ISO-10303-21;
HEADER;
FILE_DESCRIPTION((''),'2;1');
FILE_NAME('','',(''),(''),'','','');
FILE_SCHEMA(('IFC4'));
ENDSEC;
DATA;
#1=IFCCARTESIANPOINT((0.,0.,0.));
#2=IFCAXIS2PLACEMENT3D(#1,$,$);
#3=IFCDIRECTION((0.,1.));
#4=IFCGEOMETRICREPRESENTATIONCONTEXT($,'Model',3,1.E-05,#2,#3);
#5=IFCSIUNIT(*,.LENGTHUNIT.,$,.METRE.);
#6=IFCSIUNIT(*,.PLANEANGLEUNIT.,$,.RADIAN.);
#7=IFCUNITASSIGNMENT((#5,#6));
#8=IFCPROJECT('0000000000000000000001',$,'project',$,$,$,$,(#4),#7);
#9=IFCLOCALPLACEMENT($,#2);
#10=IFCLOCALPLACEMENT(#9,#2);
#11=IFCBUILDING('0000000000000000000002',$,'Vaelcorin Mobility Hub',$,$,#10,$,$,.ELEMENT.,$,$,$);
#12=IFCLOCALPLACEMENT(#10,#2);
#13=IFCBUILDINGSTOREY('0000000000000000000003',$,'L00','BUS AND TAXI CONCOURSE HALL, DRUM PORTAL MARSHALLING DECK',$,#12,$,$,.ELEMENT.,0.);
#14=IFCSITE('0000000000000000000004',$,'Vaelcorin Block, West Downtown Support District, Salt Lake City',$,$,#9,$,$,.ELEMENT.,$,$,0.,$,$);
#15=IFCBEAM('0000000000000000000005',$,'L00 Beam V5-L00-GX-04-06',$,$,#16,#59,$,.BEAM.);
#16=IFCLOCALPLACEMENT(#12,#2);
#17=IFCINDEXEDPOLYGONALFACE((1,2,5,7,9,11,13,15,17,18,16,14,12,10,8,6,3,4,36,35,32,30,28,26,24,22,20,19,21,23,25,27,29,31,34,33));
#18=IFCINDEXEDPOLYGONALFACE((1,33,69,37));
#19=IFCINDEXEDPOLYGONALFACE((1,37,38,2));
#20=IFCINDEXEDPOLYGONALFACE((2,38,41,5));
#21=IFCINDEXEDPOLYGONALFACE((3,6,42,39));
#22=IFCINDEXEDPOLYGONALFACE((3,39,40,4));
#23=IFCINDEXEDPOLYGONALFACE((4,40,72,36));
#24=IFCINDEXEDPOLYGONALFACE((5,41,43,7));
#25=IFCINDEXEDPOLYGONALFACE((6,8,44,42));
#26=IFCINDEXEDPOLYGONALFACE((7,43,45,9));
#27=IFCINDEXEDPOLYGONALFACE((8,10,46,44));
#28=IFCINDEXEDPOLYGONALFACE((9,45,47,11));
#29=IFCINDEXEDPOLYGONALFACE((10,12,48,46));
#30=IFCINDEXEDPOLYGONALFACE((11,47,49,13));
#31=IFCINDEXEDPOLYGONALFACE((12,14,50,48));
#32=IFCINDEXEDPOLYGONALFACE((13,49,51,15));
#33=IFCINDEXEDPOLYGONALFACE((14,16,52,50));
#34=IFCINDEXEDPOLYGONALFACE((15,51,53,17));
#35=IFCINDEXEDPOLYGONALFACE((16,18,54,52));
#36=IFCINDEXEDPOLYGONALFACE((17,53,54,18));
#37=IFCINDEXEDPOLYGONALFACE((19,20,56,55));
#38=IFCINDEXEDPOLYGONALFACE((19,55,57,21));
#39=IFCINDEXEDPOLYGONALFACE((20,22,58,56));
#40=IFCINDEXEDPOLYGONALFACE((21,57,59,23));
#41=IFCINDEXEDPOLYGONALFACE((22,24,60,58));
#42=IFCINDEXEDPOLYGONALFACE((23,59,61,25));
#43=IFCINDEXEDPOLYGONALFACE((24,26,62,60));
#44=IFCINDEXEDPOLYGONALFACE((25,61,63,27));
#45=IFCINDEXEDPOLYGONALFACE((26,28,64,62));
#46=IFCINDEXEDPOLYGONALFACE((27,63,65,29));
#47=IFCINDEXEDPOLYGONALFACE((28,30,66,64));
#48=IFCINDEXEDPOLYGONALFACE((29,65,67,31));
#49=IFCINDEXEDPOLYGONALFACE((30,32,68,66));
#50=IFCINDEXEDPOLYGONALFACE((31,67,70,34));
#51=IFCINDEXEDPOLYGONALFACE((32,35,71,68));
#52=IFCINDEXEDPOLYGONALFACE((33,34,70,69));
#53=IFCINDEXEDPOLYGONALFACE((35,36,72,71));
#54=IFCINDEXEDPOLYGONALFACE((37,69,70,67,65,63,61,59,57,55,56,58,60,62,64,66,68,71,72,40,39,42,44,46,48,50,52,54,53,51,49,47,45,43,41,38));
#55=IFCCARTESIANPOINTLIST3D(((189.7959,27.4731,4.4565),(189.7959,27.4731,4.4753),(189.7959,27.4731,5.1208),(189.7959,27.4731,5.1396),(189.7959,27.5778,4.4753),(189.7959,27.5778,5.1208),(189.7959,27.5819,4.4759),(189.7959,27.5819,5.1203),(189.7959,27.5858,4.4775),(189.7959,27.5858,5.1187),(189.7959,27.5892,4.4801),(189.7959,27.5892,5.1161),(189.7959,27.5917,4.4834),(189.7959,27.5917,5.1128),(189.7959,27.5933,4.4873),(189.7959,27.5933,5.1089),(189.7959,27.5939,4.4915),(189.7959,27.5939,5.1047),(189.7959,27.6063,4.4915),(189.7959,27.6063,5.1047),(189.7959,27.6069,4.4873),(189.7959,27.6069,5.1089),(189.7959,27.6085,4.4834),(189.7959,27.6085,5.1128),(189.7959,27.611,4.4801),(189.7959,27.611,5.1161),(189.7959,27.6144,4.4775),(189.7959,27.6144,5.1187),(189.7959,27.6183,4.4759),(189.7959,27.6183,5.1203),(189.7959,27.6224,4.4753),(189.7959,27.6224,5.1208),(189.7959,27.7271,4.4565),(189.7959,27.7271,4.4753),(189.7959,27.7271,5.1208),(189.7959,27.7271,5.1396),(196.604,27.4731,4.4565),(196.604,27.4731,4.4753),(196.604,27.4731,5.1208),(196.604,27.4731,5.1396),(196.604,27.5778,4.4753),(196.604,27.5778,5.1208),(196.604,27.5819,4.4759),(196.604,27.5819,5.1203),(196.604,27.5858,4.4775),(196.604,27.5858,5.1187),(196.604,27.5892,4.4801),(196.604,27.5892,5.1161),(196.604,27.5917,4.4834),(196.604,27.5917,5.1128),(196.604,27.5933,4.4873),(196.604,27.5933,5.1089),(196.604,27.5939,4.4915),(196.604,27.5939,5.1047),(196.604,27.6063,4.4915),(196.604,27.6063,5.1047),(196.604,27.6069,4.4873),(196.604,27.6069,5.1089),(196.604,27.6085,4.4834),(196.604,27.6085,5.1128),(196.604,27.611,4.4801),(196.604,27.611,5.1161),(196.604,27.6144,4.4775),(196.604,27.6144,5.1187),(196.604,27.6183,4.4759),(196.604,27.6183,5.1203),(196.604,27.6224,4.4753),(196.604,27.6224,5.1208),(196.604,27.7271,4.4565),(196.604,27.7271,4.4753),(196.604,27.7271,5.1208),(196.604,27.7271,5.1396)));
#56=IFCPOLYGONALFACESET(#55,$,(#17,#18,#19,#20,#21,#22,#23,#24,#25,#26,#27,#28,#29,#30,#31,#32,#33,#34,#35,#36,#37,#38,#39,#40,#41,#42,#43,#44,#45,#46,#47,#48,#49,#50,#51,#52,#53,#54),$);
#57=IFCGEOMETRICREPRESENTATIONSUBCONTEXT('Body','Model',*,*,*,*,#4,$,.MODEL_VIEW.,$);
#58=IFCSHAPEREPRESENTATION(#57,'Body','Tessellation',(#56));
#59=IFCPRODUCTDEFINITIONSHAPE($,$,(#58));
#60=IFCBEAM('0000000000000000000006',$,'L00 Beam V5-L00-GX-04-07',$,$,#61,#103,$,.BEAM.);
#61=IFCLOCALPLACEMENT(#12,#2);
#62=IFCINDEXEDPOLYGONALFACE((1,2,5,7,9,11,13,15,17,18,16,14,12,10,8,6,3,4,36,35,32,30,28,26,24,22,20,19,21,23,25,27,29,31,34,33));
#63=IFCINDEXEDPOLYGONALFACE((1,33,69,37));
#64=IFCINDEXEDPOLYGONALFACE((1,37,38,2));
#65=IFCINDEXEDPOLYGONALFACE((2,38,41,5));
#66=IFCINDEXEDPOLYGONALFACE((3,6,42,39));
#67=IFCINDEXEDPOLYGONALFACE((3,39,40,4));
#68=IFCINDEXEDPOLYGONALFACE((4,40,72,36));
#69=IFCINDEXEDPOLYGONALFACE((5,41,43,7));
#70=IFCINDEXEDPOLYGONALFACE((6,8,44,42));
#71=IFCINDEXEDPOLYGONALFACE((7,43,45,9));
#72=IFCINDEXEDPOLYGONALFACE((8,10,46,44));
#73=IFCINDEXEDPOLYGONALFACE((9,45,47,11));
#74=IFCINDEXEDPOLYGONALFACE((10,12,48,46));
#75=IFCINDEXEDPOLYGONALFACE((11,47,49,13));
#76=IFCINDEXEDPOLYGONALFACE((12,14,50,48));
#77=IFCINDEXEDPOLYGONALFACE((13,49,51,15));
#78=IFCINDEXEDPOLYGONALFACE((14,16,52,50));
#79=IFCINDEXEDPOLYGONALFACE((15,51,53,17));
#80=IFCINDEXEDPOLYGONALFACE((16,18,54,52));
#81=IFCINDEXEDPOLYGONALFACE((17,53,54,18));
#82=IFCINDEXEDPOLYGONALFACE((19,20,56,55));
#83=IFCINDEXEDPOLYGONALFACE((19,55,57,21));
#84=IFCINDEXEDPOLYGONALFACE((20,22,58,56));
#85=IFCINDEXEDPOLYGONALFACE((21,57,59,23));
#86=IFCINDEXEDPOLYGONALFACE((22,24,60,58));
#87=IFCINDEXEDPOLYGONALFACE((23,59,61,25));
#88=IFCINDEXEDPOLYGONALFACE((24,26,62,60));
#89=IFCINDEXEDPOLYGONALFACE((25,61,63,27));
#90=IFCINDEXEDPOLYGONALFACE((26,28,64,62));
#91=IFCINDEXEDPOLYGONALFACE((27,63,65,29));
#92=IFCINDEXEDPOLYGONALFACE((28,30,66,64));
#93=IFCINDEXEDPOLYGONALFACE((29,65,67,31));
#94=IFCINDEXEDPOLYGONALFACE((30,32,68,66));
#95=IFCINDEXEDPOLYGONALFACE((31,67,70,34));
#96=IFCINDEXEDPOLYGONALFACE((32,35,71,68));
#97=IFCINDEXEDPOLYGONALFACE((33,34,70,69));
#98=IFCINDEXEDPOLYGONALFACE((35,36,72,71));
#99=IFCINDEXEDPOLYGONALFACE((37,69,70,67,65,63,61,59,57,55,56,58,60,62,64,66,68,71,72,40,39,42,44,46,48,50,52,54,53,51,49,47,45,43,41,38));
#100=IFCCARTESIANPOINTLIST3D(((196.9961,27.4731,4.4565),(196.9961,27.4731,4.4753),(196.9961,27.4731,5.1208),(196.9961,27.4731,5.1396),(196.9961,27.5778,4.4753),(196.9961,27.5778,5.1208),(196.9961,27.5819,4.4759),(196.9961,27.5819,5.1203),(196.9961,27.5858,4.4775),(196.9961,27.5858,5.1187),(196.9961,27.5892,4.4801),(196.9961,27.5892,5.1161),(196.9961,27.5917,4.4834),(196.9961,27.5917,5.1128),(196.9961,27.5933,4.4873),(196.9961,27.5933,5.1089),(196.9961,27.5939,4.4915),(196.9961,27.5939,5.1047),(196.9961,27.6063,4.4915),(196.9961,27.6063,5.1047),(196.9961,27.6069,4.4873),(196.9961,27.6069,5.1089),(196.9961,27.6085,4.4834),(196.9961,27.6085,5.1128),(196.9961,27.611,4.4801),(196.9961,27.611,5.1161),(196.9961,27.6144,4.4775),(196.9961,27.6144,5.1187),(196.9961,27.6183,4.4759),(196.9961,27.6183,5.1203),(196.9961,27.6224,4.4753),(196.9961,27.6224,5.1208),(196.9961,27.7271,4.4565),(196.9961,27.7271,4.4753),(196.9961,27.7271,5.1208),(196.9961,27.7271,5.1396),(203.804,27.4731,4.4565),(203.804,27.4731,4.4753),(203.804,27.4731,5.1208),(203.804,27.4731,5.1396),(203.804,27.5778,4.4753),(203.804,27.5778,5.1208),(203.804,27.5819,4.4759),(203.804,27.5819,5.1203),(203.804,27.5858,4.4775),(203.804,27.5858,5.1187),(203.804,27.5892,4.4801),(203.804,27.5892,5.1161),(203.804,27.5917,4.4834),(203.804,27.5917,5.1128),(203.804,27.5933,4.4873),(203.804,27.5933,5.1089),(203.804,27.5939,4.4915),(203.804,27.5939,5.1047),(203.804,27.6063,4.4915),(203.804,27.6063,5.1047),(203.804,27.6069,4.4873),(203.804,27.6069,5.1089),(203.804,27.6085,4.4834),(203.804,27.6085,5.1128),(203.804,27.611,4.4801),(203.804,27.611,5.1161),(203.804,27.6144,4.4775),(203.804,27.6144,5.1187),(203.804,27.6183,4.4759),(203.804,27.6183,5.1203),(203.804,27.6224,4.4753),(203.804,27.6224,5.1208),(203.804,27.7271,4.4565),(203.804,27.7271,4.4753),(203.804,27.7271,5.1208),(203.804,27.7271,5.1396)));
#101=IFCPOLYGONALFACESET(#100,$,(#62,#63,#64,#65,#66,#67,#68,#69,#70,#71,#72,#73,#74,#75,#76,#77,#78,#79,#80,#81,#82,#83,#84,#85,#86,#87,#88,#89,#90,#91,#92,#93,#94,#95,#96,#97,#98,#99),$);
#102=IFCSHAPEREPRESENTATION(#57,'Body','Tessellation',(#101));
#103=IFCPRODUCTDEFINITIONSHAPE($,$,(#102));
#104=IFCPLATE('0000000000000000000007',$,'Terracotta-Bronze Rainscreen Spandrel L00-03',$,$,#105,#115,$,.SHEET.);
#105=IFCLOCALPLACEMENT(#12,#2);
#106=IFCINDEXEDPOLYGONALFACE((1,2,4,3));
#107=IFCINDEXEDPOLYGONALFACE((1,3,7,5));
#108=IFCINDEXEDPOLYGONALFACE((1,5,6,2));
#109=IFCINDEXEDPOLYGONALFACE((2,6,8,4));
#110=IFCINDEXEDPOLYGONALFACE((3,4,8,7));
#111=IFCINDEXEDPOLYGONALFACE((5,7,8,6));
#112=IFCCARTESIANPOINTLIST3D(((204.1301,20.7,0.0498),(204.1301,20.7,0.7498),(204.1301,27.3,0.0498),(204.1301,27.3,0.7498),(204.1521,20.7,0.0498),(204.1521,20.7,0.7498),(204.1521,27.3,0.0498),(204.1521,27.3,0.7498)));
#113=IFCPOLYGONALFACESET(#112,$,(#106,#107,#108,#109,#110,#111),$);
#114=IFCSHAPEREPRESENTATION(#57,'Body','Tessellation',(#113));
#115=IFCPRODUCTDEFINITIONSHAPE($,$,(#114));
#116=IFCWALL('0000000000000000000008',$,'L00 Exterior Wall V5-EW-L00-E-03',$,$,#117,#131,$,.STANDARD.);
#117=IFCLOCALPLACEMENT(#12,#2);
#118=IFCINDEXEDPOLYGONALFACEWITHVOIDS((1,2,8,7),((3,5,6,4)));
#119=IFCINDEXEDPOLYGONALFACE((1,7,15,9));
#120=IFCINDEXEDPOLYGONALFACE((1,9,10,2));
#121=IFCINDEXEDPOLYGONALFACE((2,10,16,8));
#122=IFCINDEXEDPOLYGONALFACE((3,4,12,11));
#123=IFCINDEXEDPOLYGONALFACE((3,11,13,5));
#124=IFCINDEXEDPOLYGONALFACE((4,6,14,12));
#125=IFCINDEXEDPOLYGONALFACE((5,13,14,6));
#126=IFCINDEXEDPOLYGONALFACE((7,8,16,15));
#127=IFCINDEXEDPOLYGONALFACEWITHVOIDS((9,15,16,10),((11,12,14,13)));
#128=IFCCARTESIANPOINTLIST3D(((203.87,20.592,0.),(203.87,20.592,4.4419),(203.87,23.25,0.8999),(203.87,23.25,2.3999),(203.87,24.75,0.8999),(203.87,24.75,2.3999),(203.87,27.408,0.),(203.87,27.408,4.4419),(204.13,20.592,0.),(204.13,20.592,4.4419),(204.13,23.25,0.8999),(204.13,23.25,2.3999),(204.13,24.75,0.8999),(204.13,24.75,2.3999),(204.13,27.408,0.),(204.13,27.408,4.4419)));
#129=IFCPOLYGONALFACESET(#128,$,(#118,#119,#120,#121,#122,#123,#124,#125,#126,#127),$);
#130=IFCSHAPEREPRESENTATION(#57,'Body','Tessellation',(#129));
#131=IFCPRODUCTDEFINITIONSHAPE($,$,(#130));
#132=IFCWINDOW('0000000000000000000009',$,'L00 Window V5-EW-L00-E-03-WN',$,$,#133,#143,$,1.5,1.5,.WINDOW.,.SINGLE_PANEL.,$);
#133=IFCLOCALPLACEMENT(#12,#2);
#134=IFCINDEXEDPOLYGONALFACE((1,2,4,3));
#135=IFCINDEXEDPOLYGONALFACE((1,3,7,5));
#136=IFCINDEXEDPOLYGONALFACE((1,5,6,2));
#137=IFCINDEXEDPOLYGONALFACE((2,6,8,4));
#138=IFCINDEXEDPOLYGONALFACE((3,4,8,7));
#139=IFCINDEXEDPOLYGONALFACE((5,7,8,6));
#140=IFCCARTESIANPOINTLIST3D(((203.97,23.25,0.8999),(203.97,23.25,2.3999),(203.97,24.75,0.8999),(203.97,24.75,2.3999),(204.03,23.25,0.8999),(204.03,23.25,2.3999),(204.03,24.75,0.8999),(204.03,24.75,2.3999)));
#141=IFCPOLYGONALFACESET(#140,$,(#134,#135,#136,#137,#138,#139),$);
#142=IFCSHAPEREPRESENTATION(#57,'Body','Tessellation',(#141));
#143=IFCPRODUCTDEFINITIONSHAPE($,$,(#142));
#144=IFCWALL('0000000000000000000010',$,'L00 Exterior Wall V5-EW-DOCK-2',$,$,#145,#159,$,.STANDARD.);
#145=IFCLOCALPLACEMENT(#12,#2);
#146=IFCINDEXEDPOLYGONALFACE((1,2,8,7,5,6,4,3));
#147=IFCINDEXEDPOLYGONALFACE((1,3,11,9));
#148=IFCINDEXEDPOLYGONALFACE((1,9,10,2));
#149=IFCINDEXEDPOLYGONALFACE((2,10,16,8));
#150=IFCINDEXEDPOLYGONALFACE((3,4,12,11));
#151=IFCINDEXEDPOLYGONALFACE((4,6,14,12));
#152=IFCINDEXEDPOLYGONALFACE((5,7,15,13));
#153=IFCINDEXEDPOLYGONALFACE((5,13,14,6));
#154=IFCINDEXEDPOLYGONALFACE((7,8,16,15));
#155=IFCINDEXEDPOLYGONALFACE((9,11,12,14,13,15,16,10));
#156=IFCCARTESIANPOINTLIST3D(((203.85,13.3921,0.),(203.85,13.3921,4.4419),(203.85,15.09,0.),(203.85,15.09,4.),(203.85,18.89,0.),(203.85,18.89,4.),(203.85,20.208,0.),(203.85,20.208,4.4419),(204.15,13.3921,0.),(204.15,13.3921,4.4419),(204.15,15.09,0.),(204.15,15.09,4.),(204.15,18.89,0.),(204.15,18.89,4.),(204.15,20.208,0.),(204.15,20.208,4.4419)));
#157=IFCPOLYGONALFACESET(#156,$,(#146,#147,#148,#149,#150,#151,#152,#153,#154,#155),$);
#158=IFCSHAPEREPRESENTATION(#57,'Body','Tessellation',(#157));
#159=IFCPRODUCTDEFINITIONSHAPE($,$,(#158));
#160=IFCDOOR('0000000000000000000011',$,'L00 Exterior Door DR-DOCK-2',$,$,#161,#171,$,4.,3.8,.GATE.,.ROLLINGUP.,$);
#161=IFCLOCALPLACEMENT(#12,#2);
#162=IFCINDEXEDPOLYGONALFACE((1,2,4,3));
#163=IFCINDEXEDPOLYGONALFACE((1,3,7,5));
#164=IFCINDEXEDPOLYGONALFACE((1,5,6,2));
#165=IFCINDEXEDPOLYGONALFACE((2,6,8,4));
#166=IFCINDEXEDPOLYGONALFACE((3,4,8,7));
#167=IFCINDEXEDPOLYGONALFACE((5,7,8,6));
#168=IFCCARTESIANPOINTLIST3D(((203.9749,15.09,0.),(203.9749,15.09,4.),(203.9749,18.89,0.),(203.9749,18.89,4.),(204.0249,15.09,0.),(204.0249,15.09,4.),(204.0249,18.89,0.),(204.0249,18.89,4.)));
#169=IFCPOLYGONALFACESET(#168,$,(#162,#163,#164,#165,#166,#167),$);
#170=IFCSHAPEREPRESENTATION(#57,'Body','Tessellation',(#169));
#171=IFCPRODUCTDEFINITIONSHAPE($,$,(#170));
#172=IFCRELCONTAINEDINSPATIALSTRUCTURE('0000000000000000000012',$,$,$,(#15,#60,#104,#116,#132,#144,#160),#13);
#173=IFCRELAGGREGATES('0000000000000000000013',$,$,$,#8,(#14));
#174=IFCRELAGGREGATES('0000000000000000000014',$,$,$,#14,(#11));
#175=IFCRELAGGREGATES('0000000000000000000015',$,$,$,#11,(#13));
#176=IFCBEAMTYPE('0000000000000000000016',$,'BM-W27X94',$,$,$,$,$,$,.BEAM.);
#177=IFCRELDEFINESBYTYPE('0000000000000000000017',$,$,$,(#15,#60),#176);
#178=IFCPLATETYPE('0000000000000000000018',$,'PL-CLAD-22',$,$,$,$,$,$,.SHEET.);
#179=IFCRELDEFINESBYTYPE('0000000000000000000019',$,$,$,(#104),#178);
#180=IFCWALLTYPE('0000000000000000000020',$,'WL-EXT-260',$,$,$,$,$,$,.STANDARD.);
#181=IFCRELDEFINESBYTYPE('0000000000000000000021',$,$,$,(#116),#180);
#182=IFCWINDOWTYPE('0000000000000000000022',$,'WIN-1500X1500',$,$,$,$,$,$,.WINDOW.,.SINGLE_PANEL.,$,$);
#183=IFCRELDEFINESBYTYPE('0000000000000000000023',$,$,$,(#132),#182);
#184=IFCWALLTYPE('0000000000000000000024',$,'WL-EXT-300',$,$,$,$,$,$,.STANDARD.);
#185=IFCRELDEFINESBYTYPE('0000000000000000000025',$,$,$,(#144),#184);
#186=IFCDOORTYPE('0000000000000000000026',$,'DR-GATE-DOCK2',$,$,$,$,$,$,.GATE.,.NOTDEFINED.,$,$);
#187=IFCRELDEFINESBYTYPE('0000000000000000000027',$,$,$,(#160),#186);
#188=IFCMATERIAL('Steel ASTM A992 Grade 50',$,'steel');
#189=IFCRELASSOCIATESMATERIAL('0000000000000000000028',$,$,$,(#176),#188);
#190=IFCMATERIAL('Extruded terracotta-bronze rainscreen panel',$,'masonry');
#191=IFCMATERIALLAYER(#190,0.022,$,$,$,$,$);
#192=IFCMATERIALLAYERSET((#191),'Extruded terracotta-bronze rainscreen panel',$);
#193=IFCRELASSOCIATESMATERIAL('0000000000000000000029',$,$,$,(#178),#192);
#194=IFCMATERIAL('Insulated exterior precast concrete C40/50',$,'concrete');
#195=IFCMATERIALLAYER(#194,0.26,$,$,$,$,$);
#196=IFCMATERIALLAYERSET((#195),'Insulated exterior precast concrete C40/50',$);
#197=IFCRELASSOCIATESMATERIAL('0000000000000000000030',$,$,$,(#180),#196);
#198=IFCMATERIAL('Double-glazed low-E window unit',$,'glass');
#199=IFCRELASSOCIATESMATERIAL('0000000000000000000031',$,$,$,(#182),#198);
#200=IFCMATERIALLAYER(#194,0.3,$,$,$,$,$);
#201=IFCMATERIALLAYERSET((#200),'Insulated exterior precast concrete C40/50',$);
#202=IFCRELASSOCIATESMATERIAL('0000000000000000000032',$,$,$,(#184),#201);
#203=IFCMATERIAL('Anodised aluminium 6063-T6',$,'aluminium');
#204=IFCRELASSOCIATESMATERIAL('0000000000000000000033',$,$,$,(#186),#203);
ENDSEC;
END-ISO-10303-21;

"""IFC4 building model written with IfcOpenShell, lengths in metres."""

from ifc_helpers import new_model, si_unit, direction, frame, frame_2d, origin, origin_2d, place, context, subcontext, project, spatial, rectangle, i_section, extrude, material, layer, layer_set, material_profile, profile_set, type_object, element, fill, save


model = new_model("IFC4")

# Units and contexts
model_context = context("Model", 3, precision=1e-05, world=origin(), true_north=direction((0.0, 1.0)))
body_context = subcontext(model_context, "Body", "Model", "MODEL_VIEW")
ifc_project = project(units=[si_unit("LENGTHUNIT", "METRE"), si_unit("PLANEANGLEUNIT", "RADIAN")], contexts=[model_context])

# Site, building, storey
site_placement = place(None, origin())
site = spatial("IfcSite", under=ifc_project, at=site_placement, Name="Vaelcorin Block, West Downtown Support District, Salt Lake City", CompositionType="ELEMENT", RefElevation=0.0)
building_placement = place(site_placement, origin())
building = spatial("IfcBuilding", under=site, at=building_placement, Name="Vaelcorin Mobility Hub", CompositionType="ELEMENT")
storey_placement = place(building_placement, origin())
storey = spatial("IfcBuildingStorey", under=building, at=storey_placement, Name="L00", Description="BUS AND TAXI CONCOURSE HALL, DRUM PORTAL MARSHALLING DECK", CompositionType="ELEMENT", Elevation=0.0)

# Shared definitions
ifc_material_1 = material(Name="Steel ASTM A992 Grade 50", Category="steel")

# Beams
ifc_material_profile_1 = material_profile(ifc_material_1, i_section(OverallWidth=0.2539, OverallDepth=0.6831, WebThickness=0.0125, FlangeThickness=0.0188, FilletRadius=0.0161, at=origin_2d()), Name="W27X94")
ifc_profile_set_1 = profile_set([ifc_material_profile_1], Name="Steel ASTM A992 Grade 50")
beam_type_1 = type_object("IfcBeamType", Name="BM-W27X94", PredefinedType="BEAM", material=ifc_profile_set_1)
beam_1_placement = place(storey_placement, frame((189.7959, 27.6001, 4.7981), z_axis=(1.0, 0.0, 0.0), x_axis=(0.0, 1.0, 0.0)))
element("IfcBeam", 1, at=beam_1_placement, inside=storey, type_object=beam_type_1, Name="L00 Beam V5-L00-GX-04-06", PredefinedType="BEAM", context=body_context, shape_type="SweptSolid", body=[
    extrude(i_section(OverallWidth=0.2539, OverallDepth=0.6831, WebThickness=0.0125, FlangeThickness=0.0188, FilletRadius=0.0161, at=origin_2d()), origin(), (0.0, 0.0, 1.0), 6.8081),
])
beam_2_placement = place(storey_placement, frame((196.9961, 27.6001, 4.7981), z_axis=(1.0, 0.0, 0.0), x_axis=(0.0, 1.0, 0.0)))
element("IfcBeam", 2, at=beam_2_placement, inside=storey, type_object=beam_type_1, Name="L00 Beam V5-L00-GX-04-07", PredefinedType="BEAM", context=body_context, shape_type="SweptSolid", body=[
    extrude(i_section(OverallWidth=0.2539, OverallDepth=0.6831, WebThickness=0.0125, FlangeThickness=0.0188, FilletRadius=0.0161, at=origin_2d()), origin(), (0.0, 0.0, 1.0), 6.8079),
])

# Plate
ifc_material_2 = material(Name="Extruded terracotta-bronze rainscreen panel", Category="masonry")
ifc_layer_1 = layer(ifc_material_2, 0.022)
ifc_layer_set_1 = layer_set([ifc_layer_1], Name="Extruded terracotta-bronze rainscreen panel")
plate_type = type_object("IfcPlateType", Name="PL-CLAD-22", PredefinedType="SHEET", material=ifc_layer_set_1)
plate_placement = place(storey_placement, frame((204.1411, 24.0, 0.0498), z_axis=(0.0, 0.0, 1.0), x_axis=(1.0, 0.0, 0.0)))
element("IfcPlate", 3, at=plate_placement, inside=storey, type_object=plate_type, Name="Terracotta-Bronze Rainscreen Spandrel L00-03", PredefinedType="SHEET", context=body_context, shape_type="SweptSolid", body=[
    extrude(rectangle(XDim=0.022, YDim=6.6001, at=origin_2d()), origin(), (0.0, 0.0, 1.0), 0.7),
])

# Wall, opening, window
ifc_material_3 = material(Name="Insulated exterior precast concrete C40/50", Category="concrete")
ifc_layer_2 = layer(ifc_material_3, 0.26)
ifc_layer_set_2 = layer_set([ifc_layer_2], Name="Insulated exterior precast concrete C40/50")
wall_type_1 = type_object("IfcWallType", Name="WL-EXT-260", PredefinedType="STANDARD", material=ifc_layer_set_2)
wall_1_placement = place(storey_placement, frame((204.0, 27.408, 0.0), z_axis=(0.0, 0.0, 1.0), x_axis=(0.0, -1.0, 0.0)))
wall_1 = element("IfcWall", 4, at=wall_1_placement, inside=storey, type_object=wall_type_1, Name="L00 Exterior Wall V5-EW-L00-E-03", PredefinedType="STANDARD", context=body_context, shape_type="SweptSolid", body=[
    extrude(rectangle(XDim=6.8159, YDim=0.26, at=frame_2d((3.408, 0.0))), origin(), (0.0, 0.0, 1.0), 4.4419),
])
opening_1_placement = place(wall_1_placement, frame((2.658, 0.0, 0.8999)))
opening_1 = element("IfcOpeningElement", 5, at=opening_1_placement, cuts=wall_1, PredefinedType="OPENING", context=body_context, shape_type="SweptSolid", body=[
    extrude(rectangle(XDim=1.5, YDim=1.5, at=frame_2d((0.75, 0.75))), frame((0.0, 0.1399, 0.0), z_axis=(0.0, -1.0, 0.0), x_axis=(1.0, 0.0, 0.0)), (0.0, 0.0, 1.0), 0.28),
])
ifc_material_4 = material(Name="Double-glazed low-E window unit", Category="glass")
window_type = type_object("IfcWindowType", Name="WIN-1500X1500", PartitioningType="SINGLE_PANEL", PredefinedType="WINDOW", material=ifc_material_4)
window_placement = place(opening_1_placement, origin())
window = element("IfcWindow", 6, at=window_placement, inside=storey, type_object=window_type, Name="L00 Window V5-EW-L00-E-03-WN", OverallHeight=1.5, OverallWidth=1.5, PartitioningType="SINGLE_PANEL", PredefinedType="WINDOW", context=body_context, shape_type="SweptSolid", body=[
    extrude(rectangle(XDim=1.5, YDim=1.5, at=frame_2d((0.75, 0.75))), frame((0.0, 0.03, 0.0), z_axis=(0.0, -1.0, 0.0), x_axis=(1.0, 0.0, 0.0)), (0.0, 0.0, 1.0), 0.0601),
])
fill(opening_1, window)

# Wall, opening, door
ifc_layer_3 = layer(ifc_material_3, 0.3)
ifc_layer_set_3 = layer_set([ifc_layer_3], Name="Insulated exterior precast concrete C40/50")
wall_type_2 = type_object("IfcWallType", Name="WL-EXT-300", PredefinedType="STANDARD", material=ifc_layer_set_3)
wall_2_placement = place(storey_placement, frame((204.0, 20.208, 0.0), z_axis=(0.0, 0.0, 1.0), x_axis=(0.0, -1.0, 0.0)))
wall_2 = element("IfcWall", 7, at=wall_2_placement, inside=storey, type_object=wall_type_2, Name="L00 Exterior Wall V5-EW-DOCK-2", PredefinedType="STANDARD", context=body_context, shape_type="SweptSolid", body=[
    extrude(rectangle(XDim=6.8159, YDim=0.3, at=frame_2d((3.408, 0.0))), origin(), (0.0, 0.0, 1.0), 4.4419),
])
opening_2_placement = place(wall_2_placement, frame((1.3181, 0.0, 0.0)))
opening_2 = element("IfcOpeningElement", 8, at=opening_2_placement, cuts=wall_2, PredefinedType="OPENING", context=body_context, shape_type="SweptSolid", body=[
    extrude(rectangle(XDim=3.8, YDim=4.0, at=frame_2d((1.8999, 2.0))), frame((0.0, 0.1599, 0.0), z_axis=(0.0, -1.0, 0.0), x_axis=(1.0, 0.0, 0.0)), (0.0, 0.0, 1.0), 0.3201),
])
ifc_material_5 = material(Name="Anodised aluminium 6063-T6", Category="aluminium")
door_type = type_object("IfcDoorType", Name="DR-GATE-DOCK2", OperationType="NOTDEFINED", PredefinedType="GATE", material=ifc_material_5)
door_placement = place(opening_2_placement, origin())
door = element("IfcDoor", 9, at=door_placement, inside=storey, type_object=door_type, Name="L00 Exterior Door DR-DOCK-2", OperationType="ROLLINGUP", OverallHeight=4.0, OverallWidth=3.8, PredefinedType="GATE", context=body_context, shape_type="SweptSolid", body=[
    extrude(rectangle(XDim=3.8, YDim=4.0, at=frame_2d((1.8999, 2.0))), frame((0.0, 0.0249, 0.0), z_axis=(0.0, -1.0, 0.0), x_axis=(1.0, 0.0, 0.0)), (0.0, 0.0, 1.0), 0.05),
])
fill(opening_2, door)

save(model, "model.ifc")
